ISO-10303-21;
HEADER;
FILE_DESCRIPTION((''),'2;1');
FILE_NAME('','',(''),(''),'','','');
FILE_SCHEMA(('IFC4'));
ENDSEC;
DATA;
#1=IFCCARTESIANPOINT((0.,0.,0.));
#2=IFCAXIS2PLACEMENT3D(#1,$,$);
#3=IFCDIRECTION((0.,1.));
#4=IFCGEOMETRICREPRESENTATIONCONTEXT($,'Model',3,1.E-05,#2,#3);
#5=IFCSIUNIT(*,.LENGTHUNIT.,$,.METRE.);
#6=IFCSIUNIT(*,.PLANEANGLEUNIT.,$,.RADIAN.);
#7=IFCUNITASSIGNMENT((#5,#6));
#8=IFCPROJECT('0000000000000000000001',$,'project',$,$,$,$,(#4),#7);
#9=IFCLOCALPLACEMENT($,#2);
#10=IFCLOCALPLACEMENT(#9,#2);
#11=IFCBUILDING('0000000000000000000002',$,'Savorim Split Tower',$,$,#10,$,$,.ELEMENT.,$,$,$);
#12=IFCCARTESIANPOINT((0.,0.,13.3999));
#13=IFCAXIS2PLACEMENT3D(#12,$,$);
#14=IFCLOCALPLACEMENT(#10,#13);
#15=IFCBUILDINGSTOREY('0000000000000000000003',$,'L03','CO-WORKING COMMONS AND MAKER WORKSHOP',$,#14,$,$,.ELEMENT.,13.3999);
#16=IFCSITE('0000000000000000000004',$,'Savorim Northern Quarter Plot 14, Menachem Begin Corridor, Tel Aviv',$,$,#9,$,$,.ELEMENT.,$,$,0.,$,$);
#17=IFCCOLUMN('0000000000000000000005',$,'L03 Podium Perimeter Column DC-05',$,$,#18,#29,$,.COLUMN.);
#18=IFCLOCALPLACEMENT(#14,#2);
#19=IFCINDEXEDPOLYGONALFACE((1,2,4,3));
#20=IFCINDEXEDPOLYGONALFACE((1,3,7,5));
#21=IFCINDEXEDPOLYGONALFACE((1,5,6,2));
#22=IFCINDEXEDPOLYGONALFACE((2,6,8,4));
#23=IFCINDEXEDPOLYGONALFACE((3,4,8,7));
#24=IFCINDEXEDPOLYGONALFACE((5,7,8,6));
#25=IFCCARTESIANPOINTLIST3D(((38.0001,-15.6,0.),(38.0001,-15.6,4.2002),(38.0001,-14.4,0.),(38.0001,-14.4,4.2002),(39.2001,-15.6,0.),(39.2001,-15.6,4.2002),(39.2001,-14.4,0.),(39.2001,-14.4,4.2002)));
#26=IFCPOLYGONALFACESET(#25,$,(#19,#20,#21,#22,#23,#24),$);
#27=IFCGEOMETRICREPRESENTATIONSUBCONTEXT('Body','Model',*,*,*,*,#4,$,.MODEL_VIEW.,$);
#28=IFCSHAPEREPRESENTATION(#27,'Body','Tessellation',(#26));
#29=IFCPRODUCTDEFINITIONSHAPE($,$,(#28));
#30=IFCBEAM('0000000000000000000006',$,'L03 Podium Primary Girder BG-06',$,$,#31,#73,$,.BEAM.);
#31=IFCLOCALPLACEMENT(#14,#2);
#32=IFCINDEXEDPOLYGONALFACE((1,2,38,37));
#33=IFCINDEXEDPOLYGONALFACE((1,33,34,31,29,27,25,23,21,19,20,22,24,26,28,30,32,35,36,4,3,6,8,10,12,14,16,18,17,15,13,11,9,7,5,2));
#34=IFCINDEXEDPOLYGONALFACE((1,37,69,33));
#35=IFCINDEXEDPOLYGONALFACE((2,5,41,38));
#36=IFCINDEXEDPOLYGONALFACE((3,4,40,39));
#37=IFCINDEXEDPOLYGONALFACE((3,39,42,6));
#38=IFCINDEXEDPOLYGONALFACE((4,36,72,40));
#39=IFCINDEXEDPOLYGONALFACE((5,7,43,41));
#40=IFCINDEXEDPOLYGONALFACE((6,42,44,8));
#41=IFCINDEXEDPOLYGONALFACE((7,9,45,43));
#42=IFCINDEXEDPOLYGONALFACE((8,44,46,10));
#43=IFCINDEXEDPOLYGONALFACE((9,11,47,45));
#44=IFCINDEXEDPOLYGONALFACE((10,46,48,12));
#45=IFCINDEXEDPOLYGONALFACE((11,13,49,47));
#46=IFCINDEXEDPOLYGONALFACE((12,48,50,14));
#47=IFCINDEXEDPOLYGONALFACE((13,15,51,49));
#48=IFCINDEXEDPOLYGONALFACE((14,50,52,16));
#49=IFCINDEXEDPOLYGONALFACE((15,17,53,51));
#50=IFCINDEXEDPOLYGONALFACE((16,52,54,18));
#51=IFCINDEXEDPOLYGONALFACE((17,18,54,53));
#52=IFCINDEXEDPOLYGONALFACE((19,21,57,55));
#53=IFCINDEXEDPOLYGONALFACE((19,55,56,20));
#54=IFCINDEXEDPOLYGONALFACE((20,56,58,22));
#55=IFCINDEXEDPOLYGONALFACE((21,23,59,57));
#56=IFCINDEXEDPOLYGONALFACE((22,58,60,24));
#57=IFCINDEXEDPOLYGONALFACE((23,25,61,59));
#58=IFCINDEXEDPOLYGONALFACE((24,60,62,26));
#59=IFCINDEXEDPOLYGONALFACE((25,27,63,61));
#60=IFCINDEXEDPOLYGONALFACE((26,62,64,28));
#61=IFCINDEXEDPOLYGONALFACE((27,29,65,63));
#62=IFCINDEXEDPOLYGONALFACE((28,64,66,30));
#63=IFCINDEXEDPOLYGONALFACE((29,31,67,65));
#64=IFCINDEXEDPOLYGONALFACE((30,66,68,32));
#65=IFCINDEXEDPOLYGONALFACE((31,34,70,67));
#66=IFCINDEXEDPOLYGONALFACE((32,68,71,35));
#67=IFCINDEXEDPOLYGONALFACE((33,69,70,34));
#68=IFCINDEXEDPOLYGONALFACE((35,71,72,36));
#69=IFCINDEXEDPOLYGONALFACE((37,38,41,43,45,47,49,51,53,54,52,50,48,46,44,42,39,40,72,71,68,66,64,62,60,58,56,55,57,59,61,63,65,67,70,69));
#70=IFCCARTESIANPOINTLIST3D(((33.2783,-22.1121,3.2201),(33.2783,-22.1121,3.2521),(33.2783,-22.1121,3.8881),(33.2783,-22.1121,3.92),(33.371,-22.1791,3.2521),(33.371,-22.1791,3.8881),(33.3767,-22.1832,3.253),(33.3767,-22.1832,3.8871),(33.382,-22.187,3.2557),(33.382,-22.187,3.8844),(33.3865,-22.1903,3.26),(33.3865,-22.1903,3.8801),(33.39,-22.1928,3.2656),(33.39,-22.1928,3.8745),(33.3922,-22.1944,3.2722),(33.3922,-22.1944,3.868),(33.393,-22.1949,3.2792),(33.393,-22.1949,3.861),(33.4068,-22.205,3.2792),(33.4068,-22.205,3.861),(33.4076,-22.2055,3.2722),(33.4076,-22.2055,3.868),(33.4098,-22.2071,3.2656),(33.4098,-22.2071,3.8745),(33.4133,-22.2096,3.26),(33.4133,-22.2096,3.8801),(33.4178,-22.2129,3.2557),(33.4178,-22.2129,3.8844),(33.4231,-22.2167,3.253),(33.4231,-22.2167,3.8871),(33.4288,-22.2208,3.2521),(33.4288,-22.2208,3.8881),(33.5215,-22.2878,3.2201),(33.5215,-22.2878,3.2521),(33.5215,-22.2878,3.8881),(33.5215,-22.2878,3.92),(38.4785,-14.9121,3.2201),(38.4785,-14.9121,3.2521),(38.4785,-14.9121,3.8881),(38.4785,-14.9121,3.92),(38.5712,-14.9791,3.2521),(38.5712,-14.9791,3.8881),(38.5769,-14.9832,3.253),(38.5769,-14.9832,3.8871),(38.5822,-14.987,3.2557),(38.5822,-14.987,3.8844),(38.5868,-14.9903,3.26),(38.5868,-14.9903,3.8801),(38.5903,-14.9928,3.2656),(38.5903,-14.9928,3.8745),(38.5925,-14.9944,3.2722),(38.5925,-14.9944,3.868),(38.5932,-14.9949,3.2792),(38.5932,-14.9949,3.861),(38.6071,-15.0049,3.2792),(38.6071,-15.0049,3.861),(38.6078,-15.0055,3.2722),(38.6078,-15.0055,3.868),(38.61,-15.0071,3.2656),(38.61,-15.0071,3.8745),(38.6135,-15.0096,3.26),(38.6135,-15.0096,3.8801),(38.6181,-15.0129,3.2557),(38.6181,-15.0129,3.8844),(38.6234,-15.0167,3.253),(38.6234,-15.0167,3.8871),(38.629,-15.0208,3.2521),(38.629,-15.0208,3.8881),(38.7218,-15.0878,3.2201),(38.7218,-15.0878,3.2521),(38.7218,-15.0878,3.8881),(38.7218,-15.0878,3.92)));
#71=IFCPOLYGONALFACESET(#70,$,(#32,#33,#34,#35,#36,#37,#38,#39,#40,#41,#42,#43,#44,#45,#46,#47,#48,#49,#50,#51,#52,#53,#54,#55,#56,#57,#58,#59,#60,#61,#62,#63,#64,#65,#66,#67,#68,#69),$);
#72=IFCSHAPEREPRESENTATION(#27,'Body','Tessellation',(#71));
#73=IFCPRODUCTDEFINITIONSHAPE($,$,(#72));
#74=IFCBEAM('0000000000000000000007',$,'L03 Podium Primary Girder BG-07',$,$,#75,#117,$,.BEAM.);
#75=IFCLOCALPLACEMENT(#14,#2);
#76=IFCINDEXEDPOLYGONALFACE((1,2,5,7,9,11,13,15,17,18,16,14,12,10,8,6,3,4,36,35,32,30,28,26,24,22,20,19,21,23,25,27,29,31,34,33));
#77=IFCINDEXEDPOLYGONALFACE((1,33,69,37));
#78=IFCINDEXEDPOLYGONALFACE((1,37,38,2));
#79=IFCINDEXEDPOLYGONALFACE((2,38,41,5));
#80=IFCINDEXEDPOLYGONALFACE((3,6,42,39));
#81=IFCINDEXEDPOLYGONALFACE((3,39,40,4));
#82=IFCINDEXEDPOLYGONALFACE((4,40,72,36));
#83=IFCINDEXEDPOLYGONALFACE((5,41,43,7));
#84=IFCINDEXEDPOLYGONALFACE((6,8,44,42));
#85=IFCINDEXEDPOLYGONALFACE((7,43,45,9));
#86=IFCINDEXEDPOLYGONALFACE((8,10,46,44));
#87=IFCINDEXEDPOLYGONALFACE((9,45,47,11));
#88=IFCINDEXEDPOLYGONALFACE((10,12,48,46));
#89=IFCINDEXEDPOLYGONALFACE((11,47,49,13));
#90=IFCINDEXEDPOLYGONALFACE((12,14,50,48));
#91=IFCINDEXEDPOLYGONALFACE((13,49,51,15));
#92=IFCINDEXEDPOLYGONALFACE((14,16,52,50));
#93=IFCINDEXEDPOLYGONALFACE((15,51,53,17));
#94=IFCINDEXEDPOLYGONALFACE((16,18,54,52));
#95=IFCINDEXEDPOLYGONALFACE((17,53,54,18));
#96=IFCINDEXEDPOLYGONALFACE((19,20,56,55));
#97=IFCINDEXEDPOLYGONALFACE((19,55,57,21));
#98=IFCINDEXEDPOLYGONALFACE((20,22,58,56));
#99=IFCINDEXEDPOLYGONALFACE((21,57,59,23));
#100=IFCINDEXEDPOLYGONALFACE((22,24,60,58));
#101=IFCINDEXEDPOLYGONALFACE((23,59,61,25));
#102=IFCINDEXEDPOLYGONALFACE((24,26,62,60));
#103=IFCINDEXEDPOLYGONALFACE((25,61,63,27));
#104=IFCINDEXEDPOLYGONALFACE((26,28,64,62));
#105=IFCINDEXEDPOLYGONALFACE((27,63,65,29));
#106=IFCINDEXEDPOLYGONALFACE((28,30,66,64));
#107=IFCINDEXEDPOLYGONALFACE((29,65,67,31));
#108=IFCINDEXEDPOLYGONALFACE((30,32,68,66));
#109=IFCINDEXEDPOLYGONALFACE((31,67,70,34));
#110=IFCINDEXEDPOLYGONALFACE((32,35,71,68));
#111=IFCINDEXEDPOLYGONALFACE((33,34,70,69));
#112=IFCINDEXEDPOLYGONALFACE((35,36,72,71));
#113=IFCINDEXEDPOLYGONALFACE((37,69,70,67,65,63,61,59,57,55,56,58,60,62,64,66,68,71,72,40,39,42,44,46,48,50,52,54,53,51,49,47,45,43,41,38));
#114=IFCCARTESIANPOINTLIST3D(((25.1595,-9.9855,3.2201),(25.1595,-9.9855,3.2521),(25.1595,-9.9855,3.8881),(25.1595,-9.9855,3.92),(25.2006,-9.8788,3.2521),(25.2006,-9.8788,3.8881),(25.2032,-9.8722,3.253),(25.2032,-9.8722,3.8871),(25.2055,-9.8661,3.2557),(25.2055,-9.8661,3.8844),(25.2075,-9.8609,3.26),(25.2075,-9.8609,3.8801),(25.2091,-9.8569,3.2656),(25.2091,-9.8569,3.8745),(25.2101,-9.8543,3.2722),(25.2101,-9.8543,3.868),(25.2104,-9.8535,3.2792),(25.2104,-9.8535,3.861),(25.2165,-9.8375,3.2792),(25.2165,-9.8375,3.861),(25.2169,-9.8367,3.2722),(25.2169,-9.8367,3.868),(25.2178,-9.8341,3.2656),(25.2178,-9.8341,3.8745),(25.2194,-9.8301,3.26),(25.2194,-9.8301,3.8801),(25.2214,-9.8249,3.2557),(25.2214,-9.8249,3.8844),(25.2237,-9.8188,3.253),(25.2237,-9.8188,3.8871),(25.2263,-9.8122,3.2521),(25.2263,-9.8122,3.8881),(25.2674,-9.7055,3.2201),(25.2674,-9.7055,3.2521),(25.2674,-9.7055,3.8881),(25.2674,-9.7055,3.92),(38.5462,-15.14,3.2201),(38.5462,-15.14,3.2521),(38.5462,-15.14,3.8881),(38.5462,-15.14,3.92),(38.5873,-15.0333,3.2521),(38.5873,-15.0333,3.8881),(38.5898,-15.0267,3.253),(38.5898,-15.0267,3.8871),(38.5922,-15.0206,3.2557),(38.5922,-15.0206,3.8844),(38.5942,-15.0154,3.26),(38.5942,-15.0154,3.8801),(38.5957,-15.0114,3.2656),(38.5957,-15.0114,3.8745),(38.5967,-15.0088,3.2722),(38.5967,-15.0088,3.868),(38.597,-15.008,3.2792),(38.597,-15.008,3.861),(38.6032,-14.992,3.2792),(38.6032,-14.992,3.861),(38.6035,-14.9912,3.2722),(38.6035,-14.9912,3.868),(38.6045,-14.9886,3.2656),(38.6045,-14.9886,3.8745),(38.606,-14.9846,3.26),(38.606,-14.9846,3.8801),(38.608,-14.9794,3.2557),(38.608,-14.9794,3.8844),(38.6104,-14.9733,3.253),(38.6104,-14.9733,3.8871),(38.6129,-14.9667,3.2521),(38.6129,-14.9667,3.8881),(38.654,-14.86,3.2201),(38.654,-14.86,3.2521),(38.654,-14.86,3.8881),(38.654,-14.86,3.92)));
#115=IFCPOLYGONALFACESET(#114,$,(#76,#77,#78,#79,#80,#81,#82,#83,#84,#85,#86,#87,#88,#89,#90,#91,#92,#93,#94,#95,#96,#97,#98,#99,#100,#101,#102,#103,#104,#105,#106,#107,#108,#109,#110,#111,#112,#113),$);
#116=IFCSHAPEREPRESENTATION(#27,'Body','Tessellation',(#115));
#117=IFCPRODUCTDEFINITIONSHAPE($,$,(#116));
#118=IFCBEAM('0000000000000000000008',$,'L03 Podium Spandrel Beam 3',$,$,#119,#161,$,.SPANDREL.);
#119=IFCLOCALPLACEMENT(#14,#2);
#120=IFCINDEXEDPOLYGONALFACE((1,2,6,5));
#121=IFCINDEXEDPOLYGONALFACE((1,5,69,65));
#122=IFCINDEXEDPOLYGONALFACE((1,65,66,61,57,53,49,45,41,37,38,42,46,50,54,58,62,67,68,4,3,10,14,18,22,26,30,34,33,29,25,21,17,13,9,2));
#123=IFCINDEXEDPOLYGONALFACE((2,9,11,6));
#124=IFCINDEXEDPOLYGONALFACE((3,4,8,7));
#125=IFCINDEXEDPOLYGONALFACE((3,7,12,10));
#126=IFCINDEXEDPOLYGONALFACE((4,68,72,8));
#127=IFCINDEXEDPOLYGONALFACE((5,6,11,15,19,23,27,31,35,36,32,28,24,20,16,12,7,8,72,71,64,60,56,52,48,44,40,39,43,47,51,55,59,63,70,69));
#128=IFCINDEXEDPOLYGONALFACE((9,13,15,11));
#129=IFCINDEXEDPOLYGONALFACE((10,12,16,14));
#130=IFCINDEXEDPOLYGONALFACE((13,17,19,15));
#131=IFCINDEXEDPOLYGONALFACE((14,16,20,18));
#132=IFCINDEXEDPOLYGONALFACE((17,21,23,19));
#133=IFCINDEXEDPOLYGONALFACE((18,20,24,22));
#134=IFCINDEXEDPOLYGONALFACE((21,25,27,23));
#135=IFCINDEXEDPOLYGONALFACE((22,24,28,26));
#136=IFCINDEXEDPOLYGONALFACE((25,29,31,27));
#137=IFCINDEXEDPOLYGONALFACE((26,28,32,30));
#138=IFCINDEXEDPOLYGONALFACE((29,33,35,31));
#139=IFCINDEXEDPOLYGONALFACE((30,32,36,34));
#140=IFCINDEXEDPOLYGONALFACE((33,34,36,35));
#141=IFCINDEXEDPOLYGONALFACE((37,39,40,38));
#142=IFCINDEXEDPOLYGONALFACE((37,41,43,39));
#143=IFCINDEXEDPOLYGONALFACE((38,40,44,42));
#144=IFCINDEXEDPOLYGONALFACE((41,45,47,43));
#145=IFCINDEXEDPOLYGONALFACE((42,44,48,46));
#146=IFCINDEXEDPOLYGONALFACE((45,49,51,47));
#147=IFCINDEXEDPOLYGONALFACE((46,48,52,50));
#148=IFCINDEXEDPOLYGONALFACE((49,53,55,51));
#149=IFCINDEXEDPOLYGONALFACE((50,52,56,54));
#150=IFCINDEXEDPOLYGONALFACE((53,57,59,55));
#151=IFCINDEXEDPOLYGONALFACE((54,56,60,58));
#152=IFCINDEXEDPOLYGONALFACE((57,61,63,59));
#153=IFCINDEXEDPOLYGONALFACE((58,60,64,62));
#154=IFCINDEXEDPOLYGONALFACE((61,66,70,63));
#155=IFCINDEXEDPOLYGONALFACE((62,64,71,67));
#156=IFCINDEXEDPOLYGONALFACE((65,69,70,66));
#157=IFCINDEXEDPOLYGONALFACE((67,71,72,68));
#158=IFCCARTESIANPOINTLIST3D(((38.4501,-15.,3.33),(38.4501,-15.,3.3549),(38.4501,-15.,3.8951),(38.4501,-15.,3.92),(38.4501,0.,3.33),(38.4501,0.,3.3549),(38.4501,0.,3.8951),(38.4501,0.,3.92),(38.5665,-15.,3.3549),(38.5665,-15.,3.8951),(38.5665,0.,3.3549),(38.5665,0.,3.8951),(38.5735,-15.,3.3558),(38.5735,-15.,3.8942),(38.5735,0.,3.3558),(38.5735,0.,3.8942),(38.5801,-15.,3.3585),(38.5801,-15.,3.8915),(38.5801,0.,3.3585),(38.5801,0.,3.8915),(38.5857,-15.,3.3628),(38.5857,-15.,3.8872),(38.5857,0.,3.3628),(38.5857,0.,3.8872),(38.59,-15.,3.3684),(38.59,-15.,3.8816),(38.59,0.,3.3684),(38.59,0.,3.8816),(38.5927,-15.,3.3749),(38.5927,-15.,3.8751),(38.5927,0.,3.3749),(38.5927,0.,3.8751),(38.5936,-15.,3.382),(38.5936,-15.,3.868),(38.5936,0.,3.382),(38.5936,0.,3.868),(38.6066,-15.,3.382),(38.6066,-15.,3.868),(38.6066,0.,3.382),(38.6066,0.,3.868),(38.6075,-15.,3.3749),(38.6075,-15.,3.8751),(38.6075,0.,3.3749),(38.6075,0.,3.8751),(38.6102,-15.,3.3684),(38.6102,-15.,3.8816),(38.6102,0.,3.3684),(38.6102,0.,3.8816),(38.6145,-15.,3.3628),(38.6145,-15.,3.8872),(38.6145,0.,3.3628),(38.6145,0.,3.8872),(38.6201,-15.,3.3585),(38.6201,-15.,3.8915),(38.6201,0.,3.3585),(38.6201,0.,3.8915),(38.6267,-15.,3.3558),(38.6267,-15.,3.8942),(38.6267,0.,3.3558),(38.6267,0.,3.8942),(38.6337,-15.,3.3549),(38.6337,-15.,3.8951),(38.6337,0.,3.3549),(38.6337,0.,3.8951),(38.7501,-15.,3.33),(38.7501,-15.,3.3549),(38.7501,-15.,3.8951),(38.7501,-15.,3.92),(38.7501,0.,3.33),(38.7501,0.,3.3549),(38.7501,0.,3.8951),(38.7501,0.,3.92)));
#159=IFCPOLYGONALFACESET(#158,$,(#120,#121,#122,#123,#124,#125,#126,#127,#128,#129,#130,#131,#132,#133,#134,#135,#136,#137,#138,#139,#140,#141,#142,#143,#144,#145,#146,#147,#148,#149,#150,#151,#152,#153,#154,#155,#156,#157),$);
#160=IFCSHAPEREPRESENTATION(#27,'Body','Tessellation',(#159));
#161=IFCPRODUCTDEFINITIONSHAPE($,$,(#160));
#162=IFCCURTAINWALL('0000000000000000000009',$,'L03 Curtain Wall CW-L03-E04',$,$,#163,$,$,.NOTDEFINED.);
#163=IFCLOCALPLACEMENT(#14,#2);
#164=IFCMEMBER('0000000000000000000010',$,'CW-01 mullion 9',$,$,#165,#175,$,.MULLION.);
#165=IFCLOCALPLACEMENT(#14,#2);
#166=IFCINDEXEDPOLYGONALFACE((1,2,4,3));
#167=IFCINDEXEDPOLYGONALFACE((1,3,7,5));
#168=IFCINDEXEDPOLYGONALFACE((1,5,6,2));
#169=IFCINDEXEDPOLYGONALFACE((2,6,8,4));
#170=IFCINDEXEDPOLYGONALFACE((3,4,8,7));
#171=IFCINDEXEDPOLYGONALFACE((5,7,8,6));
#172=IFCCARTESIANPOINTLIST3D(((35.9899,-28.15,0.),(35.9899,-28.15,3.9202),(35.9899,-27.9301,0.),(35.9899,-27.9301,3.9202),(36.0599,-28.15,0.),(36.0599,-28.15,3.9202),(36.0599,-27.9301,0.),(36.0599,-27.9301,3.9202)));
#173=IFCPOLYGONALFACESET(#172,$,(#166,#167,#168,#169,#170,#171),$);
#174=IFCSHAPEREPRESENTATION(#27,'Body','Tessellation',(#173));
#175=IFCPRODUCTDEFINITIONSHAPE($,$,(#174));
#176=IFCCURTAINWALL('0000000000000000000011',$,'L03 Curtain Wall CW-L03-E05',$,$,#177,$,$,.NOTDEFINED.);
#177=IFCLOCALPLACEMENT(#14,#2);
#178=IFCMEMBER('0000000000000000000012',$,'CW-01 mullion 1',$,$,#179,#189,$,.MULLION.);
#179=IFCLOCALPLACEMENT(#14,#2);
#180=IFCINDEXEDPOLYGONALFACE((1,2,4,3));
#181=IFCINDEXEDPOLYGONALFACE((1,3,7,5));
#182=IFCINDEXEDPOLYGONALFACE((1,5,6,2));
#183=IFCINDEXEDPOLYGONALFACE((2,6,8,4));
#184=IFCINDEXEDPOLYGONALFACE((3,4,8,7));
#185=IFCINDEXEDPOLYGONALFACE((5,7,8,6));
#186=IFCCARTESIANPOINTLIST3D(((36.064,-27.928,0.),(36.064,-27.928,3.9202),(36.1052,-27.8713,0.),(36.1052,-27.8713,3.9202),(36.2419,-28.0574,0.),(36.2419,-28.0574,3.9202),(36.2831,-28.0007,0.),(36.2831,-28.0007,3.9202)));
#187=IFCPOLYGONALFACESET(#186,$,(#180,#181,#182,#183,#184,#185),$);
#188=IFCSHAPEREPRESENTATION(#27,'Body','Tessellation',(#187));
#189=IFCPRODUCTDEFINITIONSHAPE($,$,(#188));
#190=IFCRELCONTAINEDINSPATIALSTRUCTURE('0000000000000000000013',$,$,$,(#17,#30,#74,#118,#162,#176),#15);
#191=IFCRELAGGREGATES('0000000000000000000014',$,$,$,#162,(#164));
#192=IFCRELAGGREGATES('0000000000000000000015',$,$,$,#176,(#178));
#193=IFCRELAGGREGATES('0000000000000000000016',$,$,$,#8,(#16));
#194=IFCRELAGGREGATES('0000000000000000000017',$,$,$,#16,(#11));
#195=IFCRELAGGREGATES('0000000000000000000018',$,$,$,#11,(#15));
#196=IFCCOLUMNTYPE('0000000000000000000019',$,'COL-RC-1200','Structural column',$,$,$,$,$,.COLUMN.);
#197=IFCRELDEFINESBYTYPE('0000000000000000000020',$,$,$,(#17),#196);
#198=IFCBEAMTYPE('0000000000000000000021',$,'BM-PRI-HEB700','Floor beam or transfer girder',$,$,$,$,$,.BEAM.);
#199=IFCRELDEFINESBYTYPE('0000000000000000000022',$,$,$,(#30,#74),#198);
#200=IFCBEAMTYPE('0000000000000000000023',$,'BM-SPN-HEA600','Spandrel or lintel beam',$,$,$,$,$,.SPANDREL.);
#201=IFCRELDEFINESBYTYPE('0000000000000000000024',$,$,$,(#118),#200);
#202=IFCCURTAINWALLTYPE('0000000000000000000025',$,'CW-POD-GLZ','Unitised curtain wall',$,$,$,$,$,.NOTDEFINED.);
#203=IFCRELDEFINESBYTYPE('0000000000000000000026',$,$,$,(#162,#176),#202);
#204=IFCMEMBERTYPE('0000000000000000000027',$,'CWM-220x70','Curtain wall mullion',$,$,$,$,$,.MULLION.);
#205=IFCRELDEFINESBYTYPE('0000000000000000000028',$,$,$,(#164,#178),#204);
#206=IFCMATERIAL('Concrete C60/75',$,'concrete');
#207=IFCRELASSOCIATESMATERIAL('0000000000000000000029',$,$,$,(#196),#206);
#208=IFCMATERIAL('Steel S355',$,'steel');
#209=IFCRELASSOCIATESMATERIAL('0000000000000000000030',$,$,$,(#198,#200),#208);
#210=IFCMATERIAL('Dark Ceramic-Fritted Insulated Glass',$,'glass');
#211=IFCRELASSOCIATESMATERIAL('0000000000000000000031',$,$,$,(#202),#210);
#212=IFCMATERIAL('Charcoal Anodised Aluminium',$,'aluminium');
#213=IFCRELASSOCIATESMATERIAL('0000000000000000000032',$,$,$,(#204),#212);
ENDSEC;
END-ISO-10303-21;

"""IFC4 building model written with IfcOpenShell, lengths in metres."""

from ifc_helpers import new_model, si_unit, direction, frame, origin, origin_2d, place, context, subcontext, project, spatial, rectangle, i_section, extrude, material, material_profile, profile_set, type_object, element, aggregate, save


model = new_model("IFC4")

# Units and contexts
model_context = context("Model", 3, precision=1e-05, world=origin(), true_north=direction((0.0, 1.0)))
body_context = subcontext(model_context, "Body", "Model", "MODEL_VIEW")
ifc_project = project(units=[si_unit("LENGTHUNIT", "METRE"), si_unit("PLANEANGLEUNIT", "RADIAN")], contexts=[model_context])

# Site, building, storey
site_placement = place(None, origin())
site = spatial("IfcSite", under=ifc_project, at=site_placement, Name="Savorim Northern Quarter Plot 14, Menachem Begin Corridor, Tel Aviv", CompositionType="ELEMENT", RefElevation=0.0)
building_placement = place(site_placement, origin())
building = spatial("IfcBuilding", under=site, at=building_placement, Name="Savorim Split Tower", CompositionType="ELEMENT")
storey_placement = place(building_placement, frame((0.0, 0.0, 13.3999)))
storey = spatial("IfcBuildingStorey", under=building, at=storey_placement, Name="L03", Description="CO-WORKING COMMONS AND MAKER WORKSHOP", CompositionType="ELEMENT", Elevation=13.3999)

# Column
ifc_material_1 = material(Name="Concrete C60/75", Category="concrete")
ifc_material_profile_1 = material_profile(ifc_material_1, rectangle(XDim=1.2, YDim=1.2, at=origin_2d()), Name="RC 1200x1200")
ifc_profile_set_1 = profile_set([ifc_material_profile_1], Name="Concrete C60/75")
column_type = type_object("IfcColumnType", Name="COL-RC-1200", Description="Structural column", PredefinedType="COLUMN", material=ifc_profile_set_1)
column_placement = place(storey_placement, frame((38.6001, -15.0, 0.0), z_axis=(0.0, 0.0, 1.0), x_axis=(1.0, 0.0, 0.0)))
element("IfcColumn", 1, at=column_placement, inside=storey, type_object=column_type, Name="L03 Podium Perimeter Column DC-05", PredefinedType="COLUMN", context=body_context, shape_type="SweptSolid", body=[
    extrude(rectangle(XDim=1.2, YDim=1.2, at=origin_2d()), origin(), (0.0, 0.0, 1.0), 4.2002),
])

# Beams
ifc_material_2 = material(Name="Steel S355", Category="steel")
ifc_material_profile_2 = material_profile(ifc_material_2, i_section(OverallWidth=0.3, OverallDepth=0.7, WebThickness=0.0171, FlangeThickness=0.032, FilletRadius=0.0271, at=origin_2d()), Name="HEB 700")
ifc_profile_set_2 = profile_set([ifc_material_profile_2], Name="Steel S355")
beam_type_1 = type_object("IfcBeamType", Name="BM-PRI-HEB700", Description="Floor beam or transfer girder", PredefinedType="BEAM", material=ifc_profile_set_2)
beam_1_placement = place(storey_placement, frame((33.3999, -22.2, 3.5701), z_axis=(0.585508, 0.810667, 0.0), x_axis=(-0.810667, 0.585508, 0.0)))
element("IfcBeam", 2, at=beam_1_placement, inside=storey, type_object=beam_type_1, Name="L03 Podium Primary Girder BG-06", PredefinedType="BEAM", context=body_context, shape_type="SweptSolid", body=[
    extrude(i_section(OverallWidth=0.3, OverallDepth=0.7, WebThickness=0.0171, FlangeThickness=0.032, FilletRadius=0.0271, at=origin_2d()), origin(), (0.0, 0.0, 1.0), 8.8816),
])
beam_2_placement = place(storey_placement, frame((38.6001, -15.0, 3.5701), z_axis=(-0.93321, 0.359331, 0.0), x_axis=(-0.359331, -0.93321, 0.0)))
element("IfcBeam", 3, at=beam_2_placement, inside=storey, type_object=beam_type_1, Name="L03 Podium Primary Girder BG-07", PredefinedType="BEAM", context=body_context, shape_type="SweptSolid", body=[
    extrude(i_section(OverallWidth=0.3, OverallDepth=0.7, WebThickness=0.0171, FlangeThickness=0.032, FilletRadius=0.0271, at=origin_2d()), origin(), (0.0, 0.0, 1.0), 14.3447),
])
ifc_material_profile_3 = material_profile(ifc_material_2, i_section(OverallWidth=0.3, OverallDepth=0.5901, WebThickness=0.0129, FlangeThickness=0.0249, FilletRadius=0.0271, at=origin_2d()), Name="HEA 600")
ifc_profile_set_3 = profile_set([ifc_material_profile_3], Name="Steel S355")
beam_type_2 = type_object("IfcBeamType", Name="BM-SPN-HEA600", Description="Spandrel or lintel beam", PredefinedType="SPANDREL", material=ifc_profile_set_3)
beam_3_placement = place(storey_placement, frame((38.6001, -15.0, 3.625), z_axis=(0.0, 1.0, 0.0), x_axis=(-1.0, 0.0, 0.0)))
element("IfcBeam", 4, at=beam_3_placement, inside=storey, type_object=beam_type_2, Name="L03 Podium Spandrel Beam 3", PredefinedType="SPANDREL", context=body_context, shape_type="SweptSolid", body=[
    extrude(i_section(OverallWidth=0.3, OverallDepth=0.5901, WebThickness=0.0129, FlangeThickness=0.0249, FilletRadius=0.0271, at=origin_2d()), origin(), (0.0, 0.0, 1.0), 15.0),
])

# Curtain wall, member
ifc_material_3 = material(Name="Dark Ceramic-Fritted Insulated Glass", Category="glass")
curtain_wall_type = type_object("IfcCurtainWallType", Name="CW-POD-GLZ", Description="Unitised curtain wall", PredefinedType="NOTDEFINED", material=ifc_material_3)
curtain_wall_1_placement = place(storey_placement, origin())
curtain_wall_1 = element("IfcCurtainWall", 5, at=curtain_wall_1_placement, inside=storey, type_object=curtain_wall_type, Name="L03 Curtain Wall CW-L03-E04", PredefinedType="NOTDEFINED")
ifc_material_4 = material(Name="Charcoal Anodised Aluminium", Category="aluminium")
ifc_material_profile_4 = material_profile(ifc_material_4, rectangle(XDim=0.22, YDim=0.0701, at=origin_2d()), Name="ALU-M 220x70")
ifc_profile_set_4 = profile_set([ifc_material_profile_4], Name="Charcoal Anodised Aluminium")
member_type_1 = type_object("IfcMemberType", Name="CWM-220x70", Description="Curtain wall mullion", PredefinedType="MULLION", material=ifc_profile_set_4)
member_1_placement = place(storey_placement, frame((36.0249, -28.04, 0.0), z_axis=(0.0, 0.0, 1.0), x_axis=(0.0, 1.0, 0.0)))
member_1 = element("IfcMember", 6, at=member_1_placement, type_object=member_type_1, Name="CW-01 mullion 9", PredefinedType="MULLION", context=body_context, shape_type="SweptSolid", body=[
    extrude(rectangle(XDim=0.22, YDim=0.0701, at=origin_2d()), origin(), (0.0, 0.0, 1.0), 3.9202),
])
aggregate(curtain_wall_1, [member_1])

# Curtain wall, member
curtain_wall_2_placement = place(storey_placement, origin())
curtain_wall_2 = element("IfcCurtainWall", 7, at=curtain_wall_2_placement, inside=storey, type_object=curtain_wall_type, Name="L03 Curtain Wall CW-L03-E05", PredefinedType="NOTDEFINED")
member_2_placement = place(storey_placement, frame((36.1736, -27.9644, 0.0), z_axis=(0.0, 0.0, 1.0), x_axis=(-0.808733, 0.588176, 0.0)))
member_2 = element("IfcMember", 8, at=member_2_placement, type_object=member_type_1, Name="CW-01 mullion 1", PredefinedType="MULLION", context=body_context, shape_type="SweptSolid", body=[
    extrude(rectangle(XDim=0.22, YDim=0.0701, at=origin_2d()), origin(), (0.0, 0.0, 1.0), 3.9202),
])

aggregate(curtain_wall_2, [member_2])

save(model, "model.ifc")
